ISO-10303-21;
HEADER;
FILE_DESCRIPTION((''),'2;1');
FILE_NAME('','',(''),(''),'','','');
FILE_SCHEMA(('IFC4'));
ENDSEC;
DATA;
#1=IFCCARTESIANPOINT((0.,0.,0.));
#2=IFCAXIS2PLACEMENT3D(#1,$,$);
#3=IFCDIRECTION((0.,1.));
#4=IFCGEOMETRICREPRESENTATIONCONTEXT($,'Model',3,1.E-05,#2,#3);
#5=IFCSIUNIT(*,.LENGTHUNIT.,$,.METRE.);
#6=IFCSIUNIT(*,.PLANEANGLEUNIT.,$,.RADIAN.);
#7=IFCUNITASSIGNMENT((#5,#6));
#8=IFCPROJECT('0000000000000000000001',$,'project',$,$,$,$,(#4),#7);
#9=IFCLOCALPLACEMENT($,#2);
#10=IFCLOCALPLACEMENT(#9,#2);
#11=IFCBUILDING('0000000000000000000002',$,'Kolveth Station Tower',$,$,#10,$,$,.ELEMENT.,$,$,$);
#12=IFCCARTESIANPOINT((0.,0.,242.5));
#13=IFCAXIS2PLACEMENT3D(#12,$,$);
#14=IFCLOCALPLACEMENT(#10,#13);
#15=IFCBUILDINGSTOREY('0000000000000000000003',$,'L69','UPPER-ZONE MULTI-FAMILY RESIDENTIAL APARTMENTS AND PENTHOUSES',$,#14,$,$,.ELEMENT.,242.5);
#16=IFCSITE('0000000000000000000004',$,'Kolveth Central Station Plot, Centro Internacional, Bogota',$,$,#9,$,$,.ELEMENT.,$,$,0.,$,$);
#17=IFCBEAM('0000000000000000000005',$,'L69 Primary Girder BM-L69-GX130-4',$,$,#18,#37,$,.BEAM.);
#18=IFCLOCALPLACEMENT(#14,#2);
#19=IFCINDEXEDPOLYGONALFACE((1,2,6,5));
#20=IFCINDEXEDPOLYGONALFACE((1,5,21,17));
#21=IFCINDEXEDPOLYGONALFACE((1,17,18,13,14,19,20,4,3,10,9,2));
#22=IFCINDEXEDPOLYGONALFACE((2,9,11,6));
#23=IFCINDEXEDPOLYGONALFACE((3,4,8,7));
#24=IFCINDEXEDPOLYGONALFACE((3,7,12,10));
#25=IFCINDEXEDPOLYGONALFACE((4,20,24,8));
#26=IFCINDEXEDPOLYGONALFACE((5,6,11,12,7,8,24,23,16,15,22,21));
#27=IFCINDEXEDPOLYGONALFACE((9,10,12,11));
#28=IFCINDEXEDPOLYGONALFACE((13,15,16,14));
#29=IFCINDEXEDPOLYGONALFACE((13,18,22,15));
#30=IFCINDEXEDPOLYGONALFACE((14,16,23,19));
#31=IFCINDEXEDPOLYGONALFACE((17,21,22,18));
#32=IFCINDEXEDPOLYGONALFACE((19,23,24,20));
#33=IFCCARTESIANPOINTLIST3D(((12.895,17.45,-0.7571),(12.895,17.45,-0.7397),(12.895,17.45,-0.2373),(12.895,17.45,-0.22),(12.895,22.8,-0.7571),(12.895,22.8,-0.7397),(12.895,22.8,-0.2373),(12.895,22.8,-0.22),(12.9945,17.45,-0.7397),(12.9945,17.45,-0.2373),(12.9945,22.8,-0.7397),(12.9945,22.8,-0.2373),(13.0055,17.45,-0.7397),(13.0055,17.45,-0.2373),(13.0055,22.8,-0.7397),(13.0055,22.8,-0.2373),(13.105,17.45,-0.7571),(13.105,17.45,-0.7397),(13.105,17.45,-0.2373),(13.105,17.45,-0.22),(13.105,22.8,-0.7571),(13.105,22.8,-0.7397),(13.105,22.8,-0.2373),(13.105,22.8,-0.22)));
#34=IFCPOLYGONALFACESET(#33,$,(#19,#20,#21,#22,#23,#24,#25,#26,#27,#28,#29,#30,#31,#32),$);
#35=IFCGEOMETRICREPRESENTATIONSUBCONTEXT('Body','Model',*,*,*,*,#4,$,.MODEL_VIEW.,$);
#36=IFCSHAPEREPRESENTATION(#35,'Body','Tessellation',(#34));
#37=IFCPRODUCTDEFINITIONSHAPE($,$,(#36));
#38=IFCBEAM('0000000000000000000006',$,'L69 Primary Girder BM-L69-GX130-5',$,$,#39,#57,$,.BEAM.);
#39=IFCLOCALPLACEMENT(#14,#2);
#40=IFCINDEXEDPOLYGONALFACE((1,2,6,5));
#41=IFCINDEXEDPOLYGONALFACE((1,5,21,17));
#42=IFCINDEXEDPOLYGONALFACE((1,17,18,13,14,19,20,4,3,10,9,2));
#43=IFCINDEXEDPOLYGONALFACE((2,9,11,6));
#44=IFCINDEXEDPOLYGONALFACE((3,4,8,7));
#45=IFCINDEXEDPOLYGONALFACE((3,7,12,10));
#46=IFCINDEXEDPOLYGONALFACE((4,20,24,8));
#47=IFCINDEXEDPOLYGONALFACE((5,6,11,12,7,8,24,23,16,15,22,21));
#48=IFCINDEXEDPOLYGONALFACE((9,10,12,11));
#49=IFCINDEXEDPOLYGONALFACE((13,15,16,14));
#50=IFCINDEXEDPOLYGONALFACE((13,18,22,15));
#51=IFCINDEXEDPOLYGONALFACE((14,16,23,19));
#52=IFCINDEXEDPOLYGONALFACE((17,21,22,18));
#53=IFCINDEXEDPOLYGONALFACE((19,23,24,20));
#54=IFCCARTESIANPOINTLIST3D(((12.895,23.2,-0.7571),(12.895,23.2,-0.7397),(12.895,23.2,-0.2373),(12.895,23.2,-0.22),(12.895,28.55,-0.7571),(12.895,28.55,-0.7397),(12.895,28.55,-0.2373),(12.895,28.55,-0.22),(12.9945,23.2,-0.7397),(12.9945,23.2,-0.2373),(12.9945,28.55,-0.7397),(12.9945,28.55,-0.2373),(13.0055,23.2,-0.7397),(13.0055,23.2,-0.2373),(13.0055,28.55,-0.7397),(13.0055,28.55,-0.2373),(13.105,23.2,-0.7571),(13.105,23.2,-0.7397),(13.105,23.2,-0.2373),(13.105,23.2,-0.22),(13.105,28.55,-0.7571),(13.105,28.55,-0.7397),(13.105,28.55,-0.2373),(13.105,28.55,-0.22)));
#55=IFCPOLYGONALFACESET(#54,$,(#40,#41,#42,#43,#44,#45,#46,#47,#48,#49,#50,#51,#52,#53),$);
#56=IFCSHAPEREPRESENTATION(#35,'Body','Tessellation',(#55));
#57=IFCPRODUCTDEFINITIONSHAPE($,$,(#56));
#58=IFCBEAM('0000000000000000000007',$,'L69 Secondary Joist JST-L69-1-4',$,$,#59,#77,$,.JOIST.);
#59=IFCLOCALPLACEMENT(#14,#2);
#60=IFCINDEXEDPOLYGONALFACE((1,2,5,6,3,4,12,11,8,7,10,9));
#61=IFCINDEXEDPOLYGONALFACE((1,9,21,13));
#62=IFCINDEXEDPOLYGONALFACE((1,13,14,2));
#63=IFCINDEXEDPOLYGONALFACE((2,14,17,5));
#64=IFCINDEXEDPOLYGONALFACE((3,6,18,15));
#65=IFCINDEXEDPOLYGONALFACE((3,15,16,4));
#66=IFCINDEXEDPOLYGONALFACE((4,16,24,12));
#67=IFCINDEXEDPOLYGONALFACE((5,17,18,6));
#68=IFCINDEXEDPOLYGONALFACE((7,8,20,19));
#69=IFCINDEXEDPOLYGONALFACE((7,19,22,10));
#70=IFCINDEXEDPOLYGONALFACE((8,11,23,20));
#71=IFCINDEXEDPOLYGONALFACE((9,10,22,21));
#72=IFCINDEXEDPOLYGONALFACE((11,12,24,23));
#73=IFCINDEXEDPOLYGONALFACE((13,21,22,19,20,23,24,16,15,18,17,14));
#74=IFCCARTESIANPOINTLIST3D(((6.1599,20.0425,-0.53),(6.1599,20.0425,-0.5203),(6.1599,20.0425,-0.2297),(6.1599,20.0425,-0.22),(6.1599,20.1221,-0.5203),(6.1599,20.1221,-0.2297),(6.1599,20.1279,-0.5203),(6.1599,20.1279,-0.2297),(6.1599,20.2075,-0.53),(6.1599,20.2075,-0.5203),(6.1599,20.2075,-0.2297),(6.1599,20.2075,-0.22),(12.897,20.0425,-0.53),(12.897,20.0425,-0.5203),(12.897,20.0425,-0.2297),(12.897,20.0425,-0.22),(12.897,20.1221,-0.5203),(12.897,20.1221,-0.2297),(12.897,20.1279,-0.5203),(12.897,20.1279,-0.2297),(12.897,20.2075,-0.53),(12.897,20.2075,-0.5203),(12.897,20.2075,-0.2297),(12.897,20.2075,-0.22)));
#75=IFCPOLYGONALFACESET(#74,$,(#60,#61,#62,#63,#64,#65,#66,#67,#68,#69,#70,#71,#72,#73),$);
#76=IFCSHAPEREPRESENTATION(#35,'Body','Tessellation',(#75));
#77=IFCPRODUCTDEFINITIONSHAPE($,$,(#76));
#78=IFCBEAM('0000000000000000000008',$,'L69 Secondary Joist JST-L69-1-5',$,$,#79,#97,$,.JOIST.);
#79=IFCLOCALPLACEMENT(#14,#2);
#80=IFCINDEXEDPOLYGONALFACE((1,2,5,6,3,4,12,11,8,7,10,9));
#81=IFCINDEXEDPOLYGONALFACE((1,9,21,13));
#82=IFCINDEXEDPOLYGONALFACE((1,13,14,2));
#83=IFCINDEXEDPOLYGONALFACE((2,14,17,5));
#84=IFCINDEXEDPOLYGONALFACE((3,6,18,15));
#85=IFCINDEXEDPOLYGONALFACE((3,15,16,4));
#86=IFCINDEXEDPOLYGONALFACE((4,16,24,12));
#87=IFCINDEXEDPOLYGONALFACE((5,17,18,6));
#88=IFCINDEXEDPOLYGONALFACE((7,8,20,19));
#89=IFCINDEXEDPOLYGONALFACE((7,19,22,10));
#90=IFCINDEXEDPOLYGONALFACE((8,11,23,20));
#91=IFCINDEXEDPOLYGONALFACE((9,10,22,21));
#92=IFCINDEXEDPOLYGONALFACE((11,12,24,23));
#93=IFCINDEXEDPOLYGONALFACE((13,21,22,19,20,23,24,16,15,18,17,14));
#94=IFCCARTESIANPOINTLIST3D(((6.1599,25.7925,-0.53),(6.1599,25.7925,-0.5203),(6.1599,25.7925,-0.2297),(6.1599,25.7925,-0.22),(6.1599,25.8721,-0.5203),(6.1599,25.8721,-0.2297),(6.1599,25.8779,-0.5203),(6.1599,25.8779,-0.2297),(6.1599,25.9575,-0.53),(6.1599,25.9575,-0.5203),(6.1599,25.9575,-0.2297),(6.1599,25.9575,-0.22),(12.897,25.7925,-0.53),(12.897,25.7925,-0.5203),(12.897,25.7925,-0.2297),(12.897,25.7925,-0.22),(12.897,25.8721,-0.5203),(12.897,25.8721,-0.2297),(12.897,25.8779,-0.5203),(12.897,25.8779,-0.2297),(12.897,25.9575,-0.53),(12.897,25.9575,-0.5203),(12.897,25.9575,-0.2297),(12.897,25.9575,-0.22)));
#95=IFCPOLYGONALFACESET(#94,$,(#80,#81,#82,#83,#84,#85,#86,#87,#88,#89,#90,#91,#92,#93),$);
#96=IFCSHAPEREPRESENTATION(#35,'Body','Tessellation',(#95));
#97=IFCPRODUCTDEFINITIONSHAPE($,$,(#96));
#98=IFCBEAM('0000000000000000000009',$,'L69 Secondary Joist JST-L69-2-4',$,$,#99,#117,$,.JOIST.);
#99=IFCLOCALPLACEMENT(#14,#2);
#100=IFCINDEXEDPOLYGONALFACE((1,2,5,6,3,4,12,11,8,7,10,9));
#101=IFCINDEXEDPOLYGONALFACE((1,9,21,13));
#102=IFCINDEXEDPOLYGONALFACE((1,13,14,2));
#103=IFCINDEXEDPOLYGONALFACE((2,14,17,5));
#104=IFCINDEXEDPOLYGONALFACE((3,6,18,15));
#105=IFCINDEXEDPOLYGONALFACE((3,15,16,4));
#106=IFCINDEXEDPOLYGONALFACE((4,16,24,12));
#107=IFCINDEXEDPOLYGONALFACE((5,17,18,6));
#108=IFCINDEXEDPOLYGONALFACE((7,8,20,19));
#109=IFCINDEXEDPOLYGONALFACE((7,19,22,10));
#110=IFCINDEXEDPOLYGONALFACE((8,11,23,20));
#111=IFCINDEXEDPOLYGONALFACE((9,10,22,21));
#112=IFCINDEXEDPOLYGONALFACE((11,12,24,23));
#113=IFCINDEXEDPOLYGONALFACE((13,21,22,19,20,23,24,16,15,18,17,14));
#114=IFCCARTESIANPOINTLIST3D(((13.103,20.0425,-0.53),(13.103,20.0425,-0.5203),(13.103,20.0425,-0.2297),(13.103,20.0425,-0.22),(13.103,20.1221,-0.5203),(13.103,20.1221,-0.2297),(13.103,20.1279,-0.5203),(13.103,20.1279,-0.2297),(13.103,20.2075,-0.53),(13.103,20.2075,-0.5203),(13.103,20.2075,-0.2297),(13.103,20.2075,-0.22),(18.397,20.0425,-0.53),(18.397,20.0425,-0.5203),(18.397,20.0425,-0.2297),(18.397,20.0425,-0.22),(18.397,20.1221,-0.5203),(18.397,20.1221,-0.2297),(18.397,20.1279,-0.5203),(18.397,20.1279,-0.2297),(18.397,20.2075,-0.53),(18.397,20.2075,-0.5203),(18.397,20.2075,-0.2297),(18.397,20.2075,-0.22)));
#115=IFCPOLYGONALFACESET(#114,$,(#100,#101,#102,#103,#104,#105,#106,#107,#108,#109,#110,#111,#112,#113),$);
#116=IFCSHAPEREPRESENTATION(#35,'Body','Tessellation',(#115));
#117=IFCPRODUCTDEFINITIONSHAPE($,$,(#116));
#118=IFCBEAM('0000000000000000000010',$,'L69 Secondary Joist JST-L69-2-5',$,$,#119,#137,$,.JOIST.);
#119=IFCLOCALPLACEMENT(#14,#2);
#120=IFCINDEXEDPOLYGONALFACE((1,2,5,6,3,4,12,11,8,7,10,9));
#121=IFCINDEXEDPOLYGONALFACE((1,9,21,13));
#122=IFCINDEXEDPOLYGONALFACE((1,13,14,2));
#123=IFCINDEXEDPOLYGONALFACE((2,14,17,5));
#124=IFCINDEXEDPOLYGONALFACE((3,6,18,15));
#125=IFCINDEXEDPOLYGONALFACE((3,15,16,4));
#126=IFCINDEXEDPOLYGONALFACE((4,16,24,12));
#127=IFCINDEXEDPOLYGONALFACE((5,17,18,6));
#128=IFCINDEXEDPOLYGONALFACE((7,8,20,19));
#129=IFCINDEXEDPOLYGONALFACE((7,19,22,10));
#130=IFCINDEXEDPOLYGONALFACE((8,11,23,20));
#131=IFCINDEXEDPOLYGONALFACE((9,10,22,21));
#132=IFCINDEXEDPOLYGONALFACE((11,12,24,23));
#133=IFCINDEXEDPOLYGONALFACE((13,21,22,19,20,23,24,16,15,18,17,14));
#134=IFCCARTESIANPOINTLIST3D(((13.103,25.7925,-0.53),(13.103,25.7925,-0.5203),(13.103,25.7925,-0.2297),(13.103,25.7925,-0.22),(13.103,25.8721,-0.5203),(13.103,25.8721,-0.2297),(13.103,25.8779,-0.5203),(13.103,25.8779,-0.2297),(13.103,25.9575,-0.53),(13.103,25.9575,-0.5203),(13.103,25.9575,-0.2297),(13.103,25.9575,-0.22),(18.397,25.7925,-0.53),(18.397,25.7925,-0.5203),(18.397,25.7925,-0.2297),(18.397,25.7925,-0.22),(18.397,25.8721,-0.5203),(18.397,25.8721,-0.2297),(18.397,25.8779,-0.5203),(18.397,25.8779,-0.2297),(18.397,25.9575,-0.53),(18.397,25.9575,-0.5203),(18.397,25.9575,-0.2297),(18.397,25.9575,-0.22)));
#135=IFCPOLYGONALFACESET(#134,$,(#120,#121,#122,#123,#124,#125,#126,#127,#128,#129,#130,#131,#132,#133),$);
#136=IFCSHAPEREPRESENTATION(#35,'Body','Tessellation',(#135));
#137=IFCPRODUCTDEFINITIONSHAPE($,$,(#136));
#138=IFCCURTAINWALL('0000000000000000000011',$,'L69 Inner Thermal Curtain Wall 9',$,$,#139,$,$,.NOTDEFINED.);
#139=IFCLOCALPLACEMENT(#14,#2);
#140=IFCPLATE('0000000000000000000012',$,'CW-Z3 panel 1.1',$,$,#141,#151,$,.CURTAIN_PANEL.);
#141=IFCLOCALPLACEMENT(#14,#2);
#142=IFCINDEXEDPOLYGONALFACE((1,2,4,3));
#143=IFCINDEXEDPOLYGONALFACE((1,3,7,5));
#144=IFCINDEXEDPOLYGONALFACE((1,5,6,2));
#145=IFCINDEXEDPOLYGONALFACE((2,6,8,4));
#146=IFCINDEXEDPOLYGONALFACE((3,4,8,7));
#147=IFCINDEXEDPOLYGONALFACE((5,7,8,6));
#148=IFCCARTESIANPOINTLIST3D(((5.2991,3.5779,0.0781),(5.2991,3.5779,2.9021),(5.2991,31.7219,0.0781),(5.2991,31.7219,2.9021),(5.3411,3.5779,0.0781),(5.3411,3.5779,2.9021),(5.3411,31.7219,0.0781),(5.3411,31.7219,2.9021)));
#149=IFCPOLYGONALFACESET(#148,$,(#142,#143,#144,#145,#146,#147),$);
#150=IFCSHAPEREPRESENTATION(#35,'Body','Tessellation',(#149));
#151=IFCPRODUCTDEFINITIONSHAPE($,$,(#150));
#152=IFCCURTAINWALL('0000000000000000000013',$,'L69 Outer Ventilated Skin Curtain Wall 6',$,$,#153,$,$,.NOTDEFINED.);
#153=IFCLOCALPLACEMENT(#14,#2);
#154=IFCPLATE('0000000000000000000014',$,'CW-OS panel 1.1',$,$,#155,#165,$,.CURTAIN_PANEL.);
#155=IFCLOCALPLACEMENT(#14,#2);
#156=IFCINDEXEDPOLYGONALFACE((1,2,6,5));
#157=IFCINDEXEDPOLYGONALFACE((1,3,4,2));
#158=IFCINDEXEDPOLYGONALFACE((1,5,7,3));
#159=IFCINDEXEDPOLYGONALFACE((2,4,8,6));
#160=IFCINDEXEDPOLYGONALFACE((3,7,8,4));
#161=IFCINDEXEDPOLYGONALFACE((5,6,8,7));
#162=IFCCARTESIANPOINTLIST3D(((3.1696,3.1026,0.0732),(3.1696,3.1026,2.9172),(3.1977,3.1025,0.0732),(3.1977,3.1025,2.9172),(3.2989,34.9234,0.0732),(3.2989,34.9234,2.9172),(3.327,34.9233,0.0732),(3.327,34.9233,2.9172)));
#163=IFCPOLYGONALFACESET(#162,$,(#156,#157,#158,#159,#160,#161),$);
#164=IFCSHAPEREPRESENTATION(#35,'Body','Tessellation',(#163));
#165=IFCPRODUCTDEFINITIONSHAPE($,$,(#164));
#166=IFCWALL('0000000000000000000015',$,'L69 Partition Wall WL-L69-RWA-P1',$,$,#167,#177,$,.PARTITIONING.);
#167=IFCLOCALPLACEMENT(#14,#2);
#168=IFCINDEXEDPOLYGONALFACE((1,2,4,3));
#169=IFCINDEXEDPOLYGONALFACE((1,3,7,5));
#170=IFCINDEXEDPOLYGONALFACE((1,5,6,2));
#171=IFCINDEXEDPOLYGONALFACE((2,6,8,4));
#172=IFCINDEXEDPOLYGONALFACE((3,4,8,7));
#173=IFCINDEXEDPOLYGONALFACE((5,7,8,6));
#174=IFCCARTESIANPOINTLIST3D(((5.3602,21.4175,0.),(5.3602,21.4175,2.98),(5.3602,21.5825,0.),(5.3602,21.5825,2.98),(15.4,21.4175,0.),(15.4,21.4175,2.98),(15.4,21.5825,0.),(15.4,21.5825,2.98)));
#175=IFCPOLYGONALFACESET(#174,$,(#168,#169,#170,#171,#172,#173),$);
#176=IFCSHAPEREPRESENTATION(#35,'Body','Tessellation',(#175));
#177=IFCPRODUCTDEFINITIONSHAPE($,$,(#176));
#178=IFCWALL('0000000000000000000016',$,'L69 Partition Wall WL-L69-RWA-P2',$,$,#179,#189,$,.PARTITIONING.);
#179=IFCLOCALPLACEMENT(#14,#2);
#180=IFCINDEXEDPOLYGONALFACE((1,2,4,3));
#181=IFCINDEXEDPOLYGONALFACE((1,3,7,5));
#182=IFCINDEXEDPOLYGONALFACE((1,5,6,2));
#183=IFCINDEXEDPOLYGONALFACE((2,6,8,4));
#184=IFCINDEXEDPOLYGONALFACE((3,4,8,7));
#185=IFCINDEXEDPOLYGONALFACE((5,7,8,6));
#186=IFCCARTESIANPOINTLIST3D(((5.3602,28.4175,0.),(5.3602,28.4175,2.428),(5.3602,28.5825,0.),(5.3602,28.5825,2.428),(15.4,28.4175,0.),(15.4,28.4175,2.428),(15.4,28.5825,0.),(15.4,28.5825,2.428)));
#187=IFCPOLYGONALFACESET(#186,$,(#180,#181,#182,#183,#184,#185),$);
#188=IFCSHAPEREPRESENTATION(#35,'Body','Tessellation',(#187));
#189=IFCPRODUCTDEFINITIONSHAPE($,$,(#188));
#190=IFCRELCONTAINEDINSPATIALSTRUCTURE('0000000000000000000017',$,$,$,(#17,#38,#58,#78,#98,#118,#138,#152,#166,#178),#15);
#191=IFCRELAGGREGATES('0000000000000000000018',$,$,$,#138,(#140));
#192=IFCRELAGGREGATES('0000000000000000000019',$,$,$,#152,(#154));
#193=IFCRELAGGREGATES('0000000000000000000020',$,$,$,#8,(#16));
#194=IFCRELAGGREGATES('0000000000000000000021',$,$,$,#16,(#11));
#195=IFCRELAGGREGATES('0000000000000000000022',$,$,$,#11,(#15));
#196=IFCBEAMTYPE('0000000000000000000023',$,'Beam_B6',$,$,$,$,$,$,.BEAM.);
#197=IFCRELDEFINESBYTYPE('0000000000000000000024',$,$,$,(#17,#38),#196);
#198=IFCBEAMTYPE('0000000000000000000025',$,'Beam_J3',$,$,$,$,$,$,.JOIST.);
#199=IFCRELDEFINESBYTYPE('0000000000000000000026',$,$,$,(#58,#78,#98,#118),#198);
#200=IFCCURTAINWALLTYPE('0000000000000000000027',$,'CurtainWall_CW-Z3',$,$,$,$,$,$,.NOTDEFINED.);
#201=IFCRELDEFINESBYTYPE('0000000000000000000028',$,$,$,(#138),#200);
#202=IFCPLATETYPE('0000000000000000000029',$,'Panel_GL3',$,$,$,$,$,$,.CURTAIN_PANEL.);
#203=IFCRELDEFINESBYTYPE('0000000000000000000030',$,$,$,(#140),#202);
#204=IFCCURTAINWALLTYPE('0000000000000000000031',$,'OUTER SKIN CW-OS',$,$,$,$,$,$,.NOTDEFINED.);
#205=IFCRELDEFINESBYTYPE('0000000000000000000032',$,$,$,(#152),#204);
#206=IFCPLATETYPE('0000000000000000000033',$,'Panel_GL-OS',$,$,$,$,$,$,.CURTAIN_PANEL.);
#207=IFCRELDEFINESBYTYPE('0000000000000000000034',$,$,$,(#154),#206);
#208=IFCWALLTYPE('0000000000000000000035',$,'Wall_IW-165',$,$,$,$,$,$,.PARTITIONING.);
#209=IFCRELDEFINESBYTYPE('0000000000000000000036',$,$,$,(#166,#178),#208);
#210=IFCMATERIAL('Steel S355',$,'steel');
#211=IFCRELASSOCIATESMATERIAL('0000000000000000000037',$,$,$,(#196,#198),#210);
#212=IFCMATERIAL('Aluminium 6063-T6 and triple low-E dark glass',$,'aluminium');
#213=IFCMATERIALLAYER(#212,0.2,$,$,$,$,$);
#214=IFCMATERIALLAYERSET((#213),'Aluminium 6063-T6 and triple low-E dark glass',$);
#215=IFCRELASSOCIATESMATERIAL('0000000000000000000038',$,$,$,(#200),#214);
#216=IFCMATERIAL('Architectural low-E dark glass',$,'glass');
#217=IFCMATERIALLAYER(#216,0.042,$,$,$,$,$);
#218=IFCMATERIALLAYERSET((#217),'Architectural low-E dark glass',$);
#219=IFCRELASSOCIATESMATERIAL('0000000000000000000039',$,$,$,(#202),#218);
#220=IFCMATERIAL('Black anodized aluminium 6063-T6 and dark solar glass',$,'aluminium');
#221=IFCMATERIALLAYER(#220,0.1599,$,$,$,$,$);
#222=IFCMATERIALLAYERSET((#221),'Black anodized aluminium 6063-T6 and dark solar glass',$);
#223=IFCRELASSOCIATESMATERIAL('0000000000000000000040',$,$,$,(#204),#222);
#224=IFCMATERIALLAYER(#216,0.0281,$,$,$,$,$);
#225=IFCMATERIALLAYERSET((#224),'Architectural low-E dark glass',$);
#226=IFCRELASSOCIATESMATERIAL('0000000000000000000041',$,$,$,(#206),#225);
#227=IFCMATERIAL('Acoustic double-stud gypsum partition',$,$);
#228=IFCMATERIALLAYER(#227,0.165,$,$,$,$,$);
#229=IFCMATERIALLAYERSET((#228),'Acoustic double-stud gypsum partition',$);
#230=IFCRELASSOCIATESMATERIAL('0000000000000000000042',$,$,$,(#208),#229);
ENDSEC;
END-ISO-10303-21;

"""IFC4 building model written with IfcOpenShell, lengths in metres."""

from ifc_helpers import new_model, si_unit, direction, frame, frame_2d, origin, origin_2d, place, context, subcontext, project, spatial, rectangle, i_section, extrude, source, transform, mapped, material, layer, layer_set, material_profile, profile_set, type_object, element, aggregate, save


model = new_model("IFC4")

# Units and contexts
model_context = context("Model", 3, precision=1e-05, world=origin(), true_north=direction((0.0, 1.0)))
body_context = subcontext(model_context, "Body", "Model", "MODEL_VIEW")
ifc_project = project(units=[si_unit("LENGTHUNIT", "METRE"), si_unit("PLANEANGLEUNIT", "RADIAN")], contexts=[model_context])

# Site, building, storey
site_placement = place(None, origin())
site = spatial("IfcSite", under=ifc_project, at=site_placement, Name="Kolveth Central Station Plot, Centro Internacional, Bogota", CompositionType="ELEMENT", RefElevation=0.0)
building_placement = place(site_placement, origin())
building = spatial("IfcBuilding", under=site, at=building_placement, Name="Kolveth Station Tower", CompositionType="ELEMENT")
storey_placement = place(building_placement, frame((0.0, 0.0, 242.5)))
storey = spatial("IfcBuildingStorey", under=building, at=storey_placement, Name="L69", Description="UPPER-ZONE MULTI-FAMILY RESIDENTIAL APARTMENTS AND PENTHOUSES", CompositionType="ELEMENT", Elevation=242.5)

# Shared definitions
ifc_material_1 = material(Name="Steel S355", Category="steel")

# Beams
ifc_material_profile_1 = material_profile(ifc_material_1, i_section(OverallWidth=0.21, OverallDepth=0.5371, WebThickness=0.011, FlangeThickness=0.0173, at=origin_2d()), Name="W530x101")
ifc_profile_set_1 = profile_set([ifc_material_profile_1], Name="Steel S355")
beam_type_1 = type_object("IfcBeamType", Name="Beam_B6", PredefinedType="BEAM", material=ifc_profile_set_1)
shared_shape_1 = source(origin(), body_context, "Body", "SweptSolid", [
    extrude(i_section(OverallWidth=0.21, OverallDepth=0.5371, WebThickness=0.011, FlangeThickness=0.0173, at=origin_2d()), origin(), (0.0, 0.0, 1.0), 5.3501),
])
for number, where, z_axis, x_axis, name in (
    (1, (13.0, 17.45, -0.4885), (0.0, 1.0, 0.0), (-1.0, 0.0, 0.0), "L69 Primary Girder BM-L69-GX130-4"),
    (2, (13.0, 23.2, -0.4885), (0.0, 1.0, 0.0), (-1.0, 0.0, 0.0), "L69 Primary Girder BM-L69-GX130-5"),
):
    element("IfcBeam", number, at=place(storey_placement, frame(where, z_axis=z_axis, x_axis=x_axis)), inside=storey, type_object=beam_type_1, Name=name, PredefinedType="BEAM", context=body_context, shape_type="MappedRepresentation", body=[
        mapped(shared_shape_1, transform((0.0, 0.0, 0.0), x_axis=(1.0, 0.0, 0.0), y_axis=(0.0, 1.0, 0.0), z_axis=(0.0, 0.0, 1.0), scale=1.0)),
    ])
ifc_material_profile_2 = material_profile(ifc_material_1, i_section(OverallWidth=0.165, OverallDepth=0.3101, WebThickness=0.0059, FlangeThickness=0.0098, at=origin_2d()), Name="W310x39")
ifc_profile_set_2 = profile_set([ifc_material_profile_2], Name="Steel S355")
beam_type_2 = type_object("IfcBeamType", Name="Beam_J3", PredefinedType="JOIST", material=ifc_profile_set_2)
shared_shape_2 = source(origin(), body_context, "Body", "SweptSolid", [
    extrude(i_section(OverallWidth=0.165, OverallDepth=0.3101, WebThickness=0.0059, FlangeThickness=0.0098, at=origin_2d()), origin(), (0.0, 0.0, 1.0), 6.7371),
])
for number, where, z_axis, x_axis, name in (
    (3, (6.1599, 20.125, -0.375), (1.0, 0.0, 0.0), (0.0, 1.0, 0.0), "L69 Secondary Joist JST-L69-1-4"),
    (4, (6.1599, 25.875, -0.375), (1.0, 0.0, 0.0), (0.0, 1.0, 0.0), "L69 Secondary Joist JST-L69-1-5"),
):
    element("IfcBeam", number, at=place(storey_placement, frame(where, z_axis=z_axis, x_axis=x_axis)), inside=storey, type_object=beam_type_2, Name=name, PredefinedType="JOIST", context=body_context, shape_type="MappedRepresentation", body=[
        mapped(shared_shape_2, transform((0.0, 0.0, 0.0), x_axis=(1.0, 0.0, 0.0), y_axis=(0.0, 1.0, 0.0), z_axis=(0.0, 0.0, 1.0), scale=1.0)),
    ])
shared_shape_3 = source(origin(), body_context, "Body", "SweptSolid", [
    extrude(i_section(OverallWidth=0.165, OverallDepth=0.3101, WebThickness=0.0059, FlangeThickness=0.0098, at=origin_2d()), origin(), (0.0, 0.0, 1.0), 5.2939),
])
for number, where, z_axis, x_axis, name in (
    (5, (13.103, 20.125, -0.375), (1.0, 0.0, 0.0), (0.0, 1.0, 0.0), "L69 Secondary Joist JST-L69-2-4"),
    (6, (13.103, 25.875, -0.375), (1.0, 0.0, 0.0), (0.0, 1.0, 0.0), "L69 Secondary Joist JST-L69-2-5"),
):
    element("IfcBeam", number, at=place(storey_placement, frame(where, z_axis=z_axis, x_axis=x_axis)), inside=storey, type_object=beam_type_2, Name=name, PredefinedType="JOIST", context=body_context, shape_type="MappedRepresentation", body=[
        mapped(shared_shape_3, transform((0.0, 0.0, 0.0), x_axis=(1.0, 0.0, 0.0), y_axis=(0.0, 1.0, 0.0), z_axis=(0.0, 0.0, 1.0), scale=1.0)),
    ])

# Curtain walls, plates
ifc_material_2 = material(Name="Aluminium 6063-T6 and triple low-E dark glass", Category="aluminium")
ifc_layer_1 = layer(ifc_material_2, 0.2)
ifc_layer_set_1 = layer_set([ifc_layer_1], Name="Aluminium 6063-T6 and triple low-E dark glass")
curtain_wall_type_1 = type_object("IfcCurtainWallType", Name="CurtainWall_CW-Z3", PredefinedType="NOTDEFINED", material=ifc_layer_set_1)
curtain_wall_1_placement = place(storey_placement, origin())
curtain_wall_1 = element("IfcCurtainWall", 7, at=curtain_wall_1_placement, inside=storey, type_object=curtain_wall_type_1, Name="L69 Inner Thermal Curtain Wall 9", PredefinedType="NOTDEFINED")
ifc_material_3 = material(Name="Architectural low-E dark glass", Category="glass")
ifc_layer_2 = layer(ifc_material_3, 0.042)
ifc_layer_set_2 = layer_set([ifc_layer_2], Name="Architectural low-E dark glass")
plate_type_1 = type_object("IfcPlateType", Name="Panel_GL3", PredefinedType="CURTAIN_PANEL", material=ifc_layer_set_2)
shared_shape_4 = source(origin(), body_context, "Body", "SweptSolid", [
    extrude(rectangle(XDim=28.144, YDim=0.042, at=origin_2d()), origin(), (0.0, 0.0, 1.0), 2.824),
])
plate_1_placement = place(storey_placement, frame((5.3201, 17.6499, 0.0781), z_axis=(0.0, 0.0, 1.0), x_axis=(0.0, -1.0, 0.0)))
plate_1 = element("IfcPlate", 8, at=plate_1_placement, type_object=plate_type_1, Name="CW-Z3 panel 1.1", PredefinedType="CURTAIN_PANEL", context=body_context, shape_type="MappedRepresentation", body=[
    mapped(shared_shape_4, transform((0.0, 0.0, 0.0), x_axis=(1.0, 0.0, 0.0), y_axis=(0.0, 1.0, 0.0), z_axis=(0.0, 0.0, 1.0), scale=1.0)),
])
aggregate(curtain_wall_1, [plate_1])
ifc_material_4 = material(Name="Black anodized aluminium 6063-T6 and dark solar glass", Category="aluminium")
ifc_layer_3 = layer(ifc_material_4, 0.1599)
ifc_layer_set_3 = layer_set([ifc_layer_3], Name="Black anodized aluminium 6063-T6 and dark solar glass")
curtain_wall_type_2 = type_object("IfcCurtainWallType", Name="OUTER SKIN CW-OS", PredefinedType="NOTDEFINED", material=ifc_layer_set_3)
curtain_wall_2_placement = place(storey_placement, origin())
curtain_wall_2 = element("IfcCurtainWall", 9, at=curtain_wall_2_placement, inside=storey, type_object=curtain_wall_type_2, Name="L69 Outer Ventilated Skin Curtain Wall 6", PredefinedType="NOTDEFINED")
ifc_layer_4 = layer(ifc_material_3, 0.0281)
ifc_layer_set_4 = layer_set([ifc_layer_4], Name="Architectural low-E dark glass")
plate_type_2 = type_object("IfcPlateType", Name="Panel_GL-OS", PredefinedType="CURTAIN_PANEL", material=ifc_layer_set_4)
shared_shape_5 = source(origin(), body_context, "Body", "SweptSolid", [
    extrude(rectangle(XDim=31.821, YDim=0.0281, at=origin_2d()), origin(), (0.0, 0.0, 1.0), 2.844),
])
plate_2_placement = place(storey_placement, frame((3.2483, 19.0129, 0.0732), z_axis=(0.0, 0.0, 1.0), x_axis=(-0.004064, -0.999992, 0.0)))
plate_2 = element("IfcPlate", 10, at=plate_2_placement, type_object=plate_type_2, Name="CW-OS panel 1.1", PredefinedType="CURTAIN_PANEL", context=body_context, shape_type="MappedRepresentation", body=[
    mapped(shared_shape_5, transform((0.0, 0.0, 0.0), x_axis=(1.0, 0.0, 0.0), y_axis=(0.0, 1.0, 0.0), z_axis=(0.0, 0.0, 1.0), scale=1.0)),
])
aggregate(curtain_wall_2, [plate_2])

# Walls
ifc_material_5 = material(Name="Acoustic double-stud gypsum partition")
ifc_layer_5 = layer(ifc_material_5, 0.165)
ifc_layer_set_5 = layer_set([ifc_layer_5], Name="Acoustic double-stud gypsum partition")
wall_type = type_object("IfcWallType", Name="Wall_IW-165", PredefinedType="PARTITIONING", material=ifc_layer_set_5)
wall_1_placement = place(storey_placement, frame((5.3601, 21.5, 0.0), z_axis=(0.0, 0.0, 1.0), x_axis=(1.0, 0.0, 0.0)))
element("IfcWall", 11, at=wall_1_placement, inside=storey, type_object=wall_type, Name="L69 Partition Wall WL-L69-RWA-P1", PredefinedType="PARTITIONING", context=body_context, shape_type="SweptSolid", body=[
    extrude(rectangle(XDim=10.0398, YDim=0.165, at=frame_2d((5.02, 0.0))), origin(), (0.0, 0.0, 1.0), 2.98),
])
wall_2_placement = place(storey_placement, frame((5.3601, 28.5, 0.0), z_axis=(0.0, 0.0, 1.0), x_axis=(1.0, 0.0, 0.0)))
element("IfcWall", 12, at=wall_2_placement, inside=storey, type_object=wall_type, Name="L69 Partition Wall WL-L69-RWA-P2", PredefinedType="PARTITIONING", context=body_context, shape_type="SweptSolid", body=[
    extrude(rectangle(XDim=10.0398, YDim=0.165, at=frame_2d((5.02, 0.0))), origin(), (0.0, 0.0, 1.0), 2.428),
])

save(model, "model.ifc")
